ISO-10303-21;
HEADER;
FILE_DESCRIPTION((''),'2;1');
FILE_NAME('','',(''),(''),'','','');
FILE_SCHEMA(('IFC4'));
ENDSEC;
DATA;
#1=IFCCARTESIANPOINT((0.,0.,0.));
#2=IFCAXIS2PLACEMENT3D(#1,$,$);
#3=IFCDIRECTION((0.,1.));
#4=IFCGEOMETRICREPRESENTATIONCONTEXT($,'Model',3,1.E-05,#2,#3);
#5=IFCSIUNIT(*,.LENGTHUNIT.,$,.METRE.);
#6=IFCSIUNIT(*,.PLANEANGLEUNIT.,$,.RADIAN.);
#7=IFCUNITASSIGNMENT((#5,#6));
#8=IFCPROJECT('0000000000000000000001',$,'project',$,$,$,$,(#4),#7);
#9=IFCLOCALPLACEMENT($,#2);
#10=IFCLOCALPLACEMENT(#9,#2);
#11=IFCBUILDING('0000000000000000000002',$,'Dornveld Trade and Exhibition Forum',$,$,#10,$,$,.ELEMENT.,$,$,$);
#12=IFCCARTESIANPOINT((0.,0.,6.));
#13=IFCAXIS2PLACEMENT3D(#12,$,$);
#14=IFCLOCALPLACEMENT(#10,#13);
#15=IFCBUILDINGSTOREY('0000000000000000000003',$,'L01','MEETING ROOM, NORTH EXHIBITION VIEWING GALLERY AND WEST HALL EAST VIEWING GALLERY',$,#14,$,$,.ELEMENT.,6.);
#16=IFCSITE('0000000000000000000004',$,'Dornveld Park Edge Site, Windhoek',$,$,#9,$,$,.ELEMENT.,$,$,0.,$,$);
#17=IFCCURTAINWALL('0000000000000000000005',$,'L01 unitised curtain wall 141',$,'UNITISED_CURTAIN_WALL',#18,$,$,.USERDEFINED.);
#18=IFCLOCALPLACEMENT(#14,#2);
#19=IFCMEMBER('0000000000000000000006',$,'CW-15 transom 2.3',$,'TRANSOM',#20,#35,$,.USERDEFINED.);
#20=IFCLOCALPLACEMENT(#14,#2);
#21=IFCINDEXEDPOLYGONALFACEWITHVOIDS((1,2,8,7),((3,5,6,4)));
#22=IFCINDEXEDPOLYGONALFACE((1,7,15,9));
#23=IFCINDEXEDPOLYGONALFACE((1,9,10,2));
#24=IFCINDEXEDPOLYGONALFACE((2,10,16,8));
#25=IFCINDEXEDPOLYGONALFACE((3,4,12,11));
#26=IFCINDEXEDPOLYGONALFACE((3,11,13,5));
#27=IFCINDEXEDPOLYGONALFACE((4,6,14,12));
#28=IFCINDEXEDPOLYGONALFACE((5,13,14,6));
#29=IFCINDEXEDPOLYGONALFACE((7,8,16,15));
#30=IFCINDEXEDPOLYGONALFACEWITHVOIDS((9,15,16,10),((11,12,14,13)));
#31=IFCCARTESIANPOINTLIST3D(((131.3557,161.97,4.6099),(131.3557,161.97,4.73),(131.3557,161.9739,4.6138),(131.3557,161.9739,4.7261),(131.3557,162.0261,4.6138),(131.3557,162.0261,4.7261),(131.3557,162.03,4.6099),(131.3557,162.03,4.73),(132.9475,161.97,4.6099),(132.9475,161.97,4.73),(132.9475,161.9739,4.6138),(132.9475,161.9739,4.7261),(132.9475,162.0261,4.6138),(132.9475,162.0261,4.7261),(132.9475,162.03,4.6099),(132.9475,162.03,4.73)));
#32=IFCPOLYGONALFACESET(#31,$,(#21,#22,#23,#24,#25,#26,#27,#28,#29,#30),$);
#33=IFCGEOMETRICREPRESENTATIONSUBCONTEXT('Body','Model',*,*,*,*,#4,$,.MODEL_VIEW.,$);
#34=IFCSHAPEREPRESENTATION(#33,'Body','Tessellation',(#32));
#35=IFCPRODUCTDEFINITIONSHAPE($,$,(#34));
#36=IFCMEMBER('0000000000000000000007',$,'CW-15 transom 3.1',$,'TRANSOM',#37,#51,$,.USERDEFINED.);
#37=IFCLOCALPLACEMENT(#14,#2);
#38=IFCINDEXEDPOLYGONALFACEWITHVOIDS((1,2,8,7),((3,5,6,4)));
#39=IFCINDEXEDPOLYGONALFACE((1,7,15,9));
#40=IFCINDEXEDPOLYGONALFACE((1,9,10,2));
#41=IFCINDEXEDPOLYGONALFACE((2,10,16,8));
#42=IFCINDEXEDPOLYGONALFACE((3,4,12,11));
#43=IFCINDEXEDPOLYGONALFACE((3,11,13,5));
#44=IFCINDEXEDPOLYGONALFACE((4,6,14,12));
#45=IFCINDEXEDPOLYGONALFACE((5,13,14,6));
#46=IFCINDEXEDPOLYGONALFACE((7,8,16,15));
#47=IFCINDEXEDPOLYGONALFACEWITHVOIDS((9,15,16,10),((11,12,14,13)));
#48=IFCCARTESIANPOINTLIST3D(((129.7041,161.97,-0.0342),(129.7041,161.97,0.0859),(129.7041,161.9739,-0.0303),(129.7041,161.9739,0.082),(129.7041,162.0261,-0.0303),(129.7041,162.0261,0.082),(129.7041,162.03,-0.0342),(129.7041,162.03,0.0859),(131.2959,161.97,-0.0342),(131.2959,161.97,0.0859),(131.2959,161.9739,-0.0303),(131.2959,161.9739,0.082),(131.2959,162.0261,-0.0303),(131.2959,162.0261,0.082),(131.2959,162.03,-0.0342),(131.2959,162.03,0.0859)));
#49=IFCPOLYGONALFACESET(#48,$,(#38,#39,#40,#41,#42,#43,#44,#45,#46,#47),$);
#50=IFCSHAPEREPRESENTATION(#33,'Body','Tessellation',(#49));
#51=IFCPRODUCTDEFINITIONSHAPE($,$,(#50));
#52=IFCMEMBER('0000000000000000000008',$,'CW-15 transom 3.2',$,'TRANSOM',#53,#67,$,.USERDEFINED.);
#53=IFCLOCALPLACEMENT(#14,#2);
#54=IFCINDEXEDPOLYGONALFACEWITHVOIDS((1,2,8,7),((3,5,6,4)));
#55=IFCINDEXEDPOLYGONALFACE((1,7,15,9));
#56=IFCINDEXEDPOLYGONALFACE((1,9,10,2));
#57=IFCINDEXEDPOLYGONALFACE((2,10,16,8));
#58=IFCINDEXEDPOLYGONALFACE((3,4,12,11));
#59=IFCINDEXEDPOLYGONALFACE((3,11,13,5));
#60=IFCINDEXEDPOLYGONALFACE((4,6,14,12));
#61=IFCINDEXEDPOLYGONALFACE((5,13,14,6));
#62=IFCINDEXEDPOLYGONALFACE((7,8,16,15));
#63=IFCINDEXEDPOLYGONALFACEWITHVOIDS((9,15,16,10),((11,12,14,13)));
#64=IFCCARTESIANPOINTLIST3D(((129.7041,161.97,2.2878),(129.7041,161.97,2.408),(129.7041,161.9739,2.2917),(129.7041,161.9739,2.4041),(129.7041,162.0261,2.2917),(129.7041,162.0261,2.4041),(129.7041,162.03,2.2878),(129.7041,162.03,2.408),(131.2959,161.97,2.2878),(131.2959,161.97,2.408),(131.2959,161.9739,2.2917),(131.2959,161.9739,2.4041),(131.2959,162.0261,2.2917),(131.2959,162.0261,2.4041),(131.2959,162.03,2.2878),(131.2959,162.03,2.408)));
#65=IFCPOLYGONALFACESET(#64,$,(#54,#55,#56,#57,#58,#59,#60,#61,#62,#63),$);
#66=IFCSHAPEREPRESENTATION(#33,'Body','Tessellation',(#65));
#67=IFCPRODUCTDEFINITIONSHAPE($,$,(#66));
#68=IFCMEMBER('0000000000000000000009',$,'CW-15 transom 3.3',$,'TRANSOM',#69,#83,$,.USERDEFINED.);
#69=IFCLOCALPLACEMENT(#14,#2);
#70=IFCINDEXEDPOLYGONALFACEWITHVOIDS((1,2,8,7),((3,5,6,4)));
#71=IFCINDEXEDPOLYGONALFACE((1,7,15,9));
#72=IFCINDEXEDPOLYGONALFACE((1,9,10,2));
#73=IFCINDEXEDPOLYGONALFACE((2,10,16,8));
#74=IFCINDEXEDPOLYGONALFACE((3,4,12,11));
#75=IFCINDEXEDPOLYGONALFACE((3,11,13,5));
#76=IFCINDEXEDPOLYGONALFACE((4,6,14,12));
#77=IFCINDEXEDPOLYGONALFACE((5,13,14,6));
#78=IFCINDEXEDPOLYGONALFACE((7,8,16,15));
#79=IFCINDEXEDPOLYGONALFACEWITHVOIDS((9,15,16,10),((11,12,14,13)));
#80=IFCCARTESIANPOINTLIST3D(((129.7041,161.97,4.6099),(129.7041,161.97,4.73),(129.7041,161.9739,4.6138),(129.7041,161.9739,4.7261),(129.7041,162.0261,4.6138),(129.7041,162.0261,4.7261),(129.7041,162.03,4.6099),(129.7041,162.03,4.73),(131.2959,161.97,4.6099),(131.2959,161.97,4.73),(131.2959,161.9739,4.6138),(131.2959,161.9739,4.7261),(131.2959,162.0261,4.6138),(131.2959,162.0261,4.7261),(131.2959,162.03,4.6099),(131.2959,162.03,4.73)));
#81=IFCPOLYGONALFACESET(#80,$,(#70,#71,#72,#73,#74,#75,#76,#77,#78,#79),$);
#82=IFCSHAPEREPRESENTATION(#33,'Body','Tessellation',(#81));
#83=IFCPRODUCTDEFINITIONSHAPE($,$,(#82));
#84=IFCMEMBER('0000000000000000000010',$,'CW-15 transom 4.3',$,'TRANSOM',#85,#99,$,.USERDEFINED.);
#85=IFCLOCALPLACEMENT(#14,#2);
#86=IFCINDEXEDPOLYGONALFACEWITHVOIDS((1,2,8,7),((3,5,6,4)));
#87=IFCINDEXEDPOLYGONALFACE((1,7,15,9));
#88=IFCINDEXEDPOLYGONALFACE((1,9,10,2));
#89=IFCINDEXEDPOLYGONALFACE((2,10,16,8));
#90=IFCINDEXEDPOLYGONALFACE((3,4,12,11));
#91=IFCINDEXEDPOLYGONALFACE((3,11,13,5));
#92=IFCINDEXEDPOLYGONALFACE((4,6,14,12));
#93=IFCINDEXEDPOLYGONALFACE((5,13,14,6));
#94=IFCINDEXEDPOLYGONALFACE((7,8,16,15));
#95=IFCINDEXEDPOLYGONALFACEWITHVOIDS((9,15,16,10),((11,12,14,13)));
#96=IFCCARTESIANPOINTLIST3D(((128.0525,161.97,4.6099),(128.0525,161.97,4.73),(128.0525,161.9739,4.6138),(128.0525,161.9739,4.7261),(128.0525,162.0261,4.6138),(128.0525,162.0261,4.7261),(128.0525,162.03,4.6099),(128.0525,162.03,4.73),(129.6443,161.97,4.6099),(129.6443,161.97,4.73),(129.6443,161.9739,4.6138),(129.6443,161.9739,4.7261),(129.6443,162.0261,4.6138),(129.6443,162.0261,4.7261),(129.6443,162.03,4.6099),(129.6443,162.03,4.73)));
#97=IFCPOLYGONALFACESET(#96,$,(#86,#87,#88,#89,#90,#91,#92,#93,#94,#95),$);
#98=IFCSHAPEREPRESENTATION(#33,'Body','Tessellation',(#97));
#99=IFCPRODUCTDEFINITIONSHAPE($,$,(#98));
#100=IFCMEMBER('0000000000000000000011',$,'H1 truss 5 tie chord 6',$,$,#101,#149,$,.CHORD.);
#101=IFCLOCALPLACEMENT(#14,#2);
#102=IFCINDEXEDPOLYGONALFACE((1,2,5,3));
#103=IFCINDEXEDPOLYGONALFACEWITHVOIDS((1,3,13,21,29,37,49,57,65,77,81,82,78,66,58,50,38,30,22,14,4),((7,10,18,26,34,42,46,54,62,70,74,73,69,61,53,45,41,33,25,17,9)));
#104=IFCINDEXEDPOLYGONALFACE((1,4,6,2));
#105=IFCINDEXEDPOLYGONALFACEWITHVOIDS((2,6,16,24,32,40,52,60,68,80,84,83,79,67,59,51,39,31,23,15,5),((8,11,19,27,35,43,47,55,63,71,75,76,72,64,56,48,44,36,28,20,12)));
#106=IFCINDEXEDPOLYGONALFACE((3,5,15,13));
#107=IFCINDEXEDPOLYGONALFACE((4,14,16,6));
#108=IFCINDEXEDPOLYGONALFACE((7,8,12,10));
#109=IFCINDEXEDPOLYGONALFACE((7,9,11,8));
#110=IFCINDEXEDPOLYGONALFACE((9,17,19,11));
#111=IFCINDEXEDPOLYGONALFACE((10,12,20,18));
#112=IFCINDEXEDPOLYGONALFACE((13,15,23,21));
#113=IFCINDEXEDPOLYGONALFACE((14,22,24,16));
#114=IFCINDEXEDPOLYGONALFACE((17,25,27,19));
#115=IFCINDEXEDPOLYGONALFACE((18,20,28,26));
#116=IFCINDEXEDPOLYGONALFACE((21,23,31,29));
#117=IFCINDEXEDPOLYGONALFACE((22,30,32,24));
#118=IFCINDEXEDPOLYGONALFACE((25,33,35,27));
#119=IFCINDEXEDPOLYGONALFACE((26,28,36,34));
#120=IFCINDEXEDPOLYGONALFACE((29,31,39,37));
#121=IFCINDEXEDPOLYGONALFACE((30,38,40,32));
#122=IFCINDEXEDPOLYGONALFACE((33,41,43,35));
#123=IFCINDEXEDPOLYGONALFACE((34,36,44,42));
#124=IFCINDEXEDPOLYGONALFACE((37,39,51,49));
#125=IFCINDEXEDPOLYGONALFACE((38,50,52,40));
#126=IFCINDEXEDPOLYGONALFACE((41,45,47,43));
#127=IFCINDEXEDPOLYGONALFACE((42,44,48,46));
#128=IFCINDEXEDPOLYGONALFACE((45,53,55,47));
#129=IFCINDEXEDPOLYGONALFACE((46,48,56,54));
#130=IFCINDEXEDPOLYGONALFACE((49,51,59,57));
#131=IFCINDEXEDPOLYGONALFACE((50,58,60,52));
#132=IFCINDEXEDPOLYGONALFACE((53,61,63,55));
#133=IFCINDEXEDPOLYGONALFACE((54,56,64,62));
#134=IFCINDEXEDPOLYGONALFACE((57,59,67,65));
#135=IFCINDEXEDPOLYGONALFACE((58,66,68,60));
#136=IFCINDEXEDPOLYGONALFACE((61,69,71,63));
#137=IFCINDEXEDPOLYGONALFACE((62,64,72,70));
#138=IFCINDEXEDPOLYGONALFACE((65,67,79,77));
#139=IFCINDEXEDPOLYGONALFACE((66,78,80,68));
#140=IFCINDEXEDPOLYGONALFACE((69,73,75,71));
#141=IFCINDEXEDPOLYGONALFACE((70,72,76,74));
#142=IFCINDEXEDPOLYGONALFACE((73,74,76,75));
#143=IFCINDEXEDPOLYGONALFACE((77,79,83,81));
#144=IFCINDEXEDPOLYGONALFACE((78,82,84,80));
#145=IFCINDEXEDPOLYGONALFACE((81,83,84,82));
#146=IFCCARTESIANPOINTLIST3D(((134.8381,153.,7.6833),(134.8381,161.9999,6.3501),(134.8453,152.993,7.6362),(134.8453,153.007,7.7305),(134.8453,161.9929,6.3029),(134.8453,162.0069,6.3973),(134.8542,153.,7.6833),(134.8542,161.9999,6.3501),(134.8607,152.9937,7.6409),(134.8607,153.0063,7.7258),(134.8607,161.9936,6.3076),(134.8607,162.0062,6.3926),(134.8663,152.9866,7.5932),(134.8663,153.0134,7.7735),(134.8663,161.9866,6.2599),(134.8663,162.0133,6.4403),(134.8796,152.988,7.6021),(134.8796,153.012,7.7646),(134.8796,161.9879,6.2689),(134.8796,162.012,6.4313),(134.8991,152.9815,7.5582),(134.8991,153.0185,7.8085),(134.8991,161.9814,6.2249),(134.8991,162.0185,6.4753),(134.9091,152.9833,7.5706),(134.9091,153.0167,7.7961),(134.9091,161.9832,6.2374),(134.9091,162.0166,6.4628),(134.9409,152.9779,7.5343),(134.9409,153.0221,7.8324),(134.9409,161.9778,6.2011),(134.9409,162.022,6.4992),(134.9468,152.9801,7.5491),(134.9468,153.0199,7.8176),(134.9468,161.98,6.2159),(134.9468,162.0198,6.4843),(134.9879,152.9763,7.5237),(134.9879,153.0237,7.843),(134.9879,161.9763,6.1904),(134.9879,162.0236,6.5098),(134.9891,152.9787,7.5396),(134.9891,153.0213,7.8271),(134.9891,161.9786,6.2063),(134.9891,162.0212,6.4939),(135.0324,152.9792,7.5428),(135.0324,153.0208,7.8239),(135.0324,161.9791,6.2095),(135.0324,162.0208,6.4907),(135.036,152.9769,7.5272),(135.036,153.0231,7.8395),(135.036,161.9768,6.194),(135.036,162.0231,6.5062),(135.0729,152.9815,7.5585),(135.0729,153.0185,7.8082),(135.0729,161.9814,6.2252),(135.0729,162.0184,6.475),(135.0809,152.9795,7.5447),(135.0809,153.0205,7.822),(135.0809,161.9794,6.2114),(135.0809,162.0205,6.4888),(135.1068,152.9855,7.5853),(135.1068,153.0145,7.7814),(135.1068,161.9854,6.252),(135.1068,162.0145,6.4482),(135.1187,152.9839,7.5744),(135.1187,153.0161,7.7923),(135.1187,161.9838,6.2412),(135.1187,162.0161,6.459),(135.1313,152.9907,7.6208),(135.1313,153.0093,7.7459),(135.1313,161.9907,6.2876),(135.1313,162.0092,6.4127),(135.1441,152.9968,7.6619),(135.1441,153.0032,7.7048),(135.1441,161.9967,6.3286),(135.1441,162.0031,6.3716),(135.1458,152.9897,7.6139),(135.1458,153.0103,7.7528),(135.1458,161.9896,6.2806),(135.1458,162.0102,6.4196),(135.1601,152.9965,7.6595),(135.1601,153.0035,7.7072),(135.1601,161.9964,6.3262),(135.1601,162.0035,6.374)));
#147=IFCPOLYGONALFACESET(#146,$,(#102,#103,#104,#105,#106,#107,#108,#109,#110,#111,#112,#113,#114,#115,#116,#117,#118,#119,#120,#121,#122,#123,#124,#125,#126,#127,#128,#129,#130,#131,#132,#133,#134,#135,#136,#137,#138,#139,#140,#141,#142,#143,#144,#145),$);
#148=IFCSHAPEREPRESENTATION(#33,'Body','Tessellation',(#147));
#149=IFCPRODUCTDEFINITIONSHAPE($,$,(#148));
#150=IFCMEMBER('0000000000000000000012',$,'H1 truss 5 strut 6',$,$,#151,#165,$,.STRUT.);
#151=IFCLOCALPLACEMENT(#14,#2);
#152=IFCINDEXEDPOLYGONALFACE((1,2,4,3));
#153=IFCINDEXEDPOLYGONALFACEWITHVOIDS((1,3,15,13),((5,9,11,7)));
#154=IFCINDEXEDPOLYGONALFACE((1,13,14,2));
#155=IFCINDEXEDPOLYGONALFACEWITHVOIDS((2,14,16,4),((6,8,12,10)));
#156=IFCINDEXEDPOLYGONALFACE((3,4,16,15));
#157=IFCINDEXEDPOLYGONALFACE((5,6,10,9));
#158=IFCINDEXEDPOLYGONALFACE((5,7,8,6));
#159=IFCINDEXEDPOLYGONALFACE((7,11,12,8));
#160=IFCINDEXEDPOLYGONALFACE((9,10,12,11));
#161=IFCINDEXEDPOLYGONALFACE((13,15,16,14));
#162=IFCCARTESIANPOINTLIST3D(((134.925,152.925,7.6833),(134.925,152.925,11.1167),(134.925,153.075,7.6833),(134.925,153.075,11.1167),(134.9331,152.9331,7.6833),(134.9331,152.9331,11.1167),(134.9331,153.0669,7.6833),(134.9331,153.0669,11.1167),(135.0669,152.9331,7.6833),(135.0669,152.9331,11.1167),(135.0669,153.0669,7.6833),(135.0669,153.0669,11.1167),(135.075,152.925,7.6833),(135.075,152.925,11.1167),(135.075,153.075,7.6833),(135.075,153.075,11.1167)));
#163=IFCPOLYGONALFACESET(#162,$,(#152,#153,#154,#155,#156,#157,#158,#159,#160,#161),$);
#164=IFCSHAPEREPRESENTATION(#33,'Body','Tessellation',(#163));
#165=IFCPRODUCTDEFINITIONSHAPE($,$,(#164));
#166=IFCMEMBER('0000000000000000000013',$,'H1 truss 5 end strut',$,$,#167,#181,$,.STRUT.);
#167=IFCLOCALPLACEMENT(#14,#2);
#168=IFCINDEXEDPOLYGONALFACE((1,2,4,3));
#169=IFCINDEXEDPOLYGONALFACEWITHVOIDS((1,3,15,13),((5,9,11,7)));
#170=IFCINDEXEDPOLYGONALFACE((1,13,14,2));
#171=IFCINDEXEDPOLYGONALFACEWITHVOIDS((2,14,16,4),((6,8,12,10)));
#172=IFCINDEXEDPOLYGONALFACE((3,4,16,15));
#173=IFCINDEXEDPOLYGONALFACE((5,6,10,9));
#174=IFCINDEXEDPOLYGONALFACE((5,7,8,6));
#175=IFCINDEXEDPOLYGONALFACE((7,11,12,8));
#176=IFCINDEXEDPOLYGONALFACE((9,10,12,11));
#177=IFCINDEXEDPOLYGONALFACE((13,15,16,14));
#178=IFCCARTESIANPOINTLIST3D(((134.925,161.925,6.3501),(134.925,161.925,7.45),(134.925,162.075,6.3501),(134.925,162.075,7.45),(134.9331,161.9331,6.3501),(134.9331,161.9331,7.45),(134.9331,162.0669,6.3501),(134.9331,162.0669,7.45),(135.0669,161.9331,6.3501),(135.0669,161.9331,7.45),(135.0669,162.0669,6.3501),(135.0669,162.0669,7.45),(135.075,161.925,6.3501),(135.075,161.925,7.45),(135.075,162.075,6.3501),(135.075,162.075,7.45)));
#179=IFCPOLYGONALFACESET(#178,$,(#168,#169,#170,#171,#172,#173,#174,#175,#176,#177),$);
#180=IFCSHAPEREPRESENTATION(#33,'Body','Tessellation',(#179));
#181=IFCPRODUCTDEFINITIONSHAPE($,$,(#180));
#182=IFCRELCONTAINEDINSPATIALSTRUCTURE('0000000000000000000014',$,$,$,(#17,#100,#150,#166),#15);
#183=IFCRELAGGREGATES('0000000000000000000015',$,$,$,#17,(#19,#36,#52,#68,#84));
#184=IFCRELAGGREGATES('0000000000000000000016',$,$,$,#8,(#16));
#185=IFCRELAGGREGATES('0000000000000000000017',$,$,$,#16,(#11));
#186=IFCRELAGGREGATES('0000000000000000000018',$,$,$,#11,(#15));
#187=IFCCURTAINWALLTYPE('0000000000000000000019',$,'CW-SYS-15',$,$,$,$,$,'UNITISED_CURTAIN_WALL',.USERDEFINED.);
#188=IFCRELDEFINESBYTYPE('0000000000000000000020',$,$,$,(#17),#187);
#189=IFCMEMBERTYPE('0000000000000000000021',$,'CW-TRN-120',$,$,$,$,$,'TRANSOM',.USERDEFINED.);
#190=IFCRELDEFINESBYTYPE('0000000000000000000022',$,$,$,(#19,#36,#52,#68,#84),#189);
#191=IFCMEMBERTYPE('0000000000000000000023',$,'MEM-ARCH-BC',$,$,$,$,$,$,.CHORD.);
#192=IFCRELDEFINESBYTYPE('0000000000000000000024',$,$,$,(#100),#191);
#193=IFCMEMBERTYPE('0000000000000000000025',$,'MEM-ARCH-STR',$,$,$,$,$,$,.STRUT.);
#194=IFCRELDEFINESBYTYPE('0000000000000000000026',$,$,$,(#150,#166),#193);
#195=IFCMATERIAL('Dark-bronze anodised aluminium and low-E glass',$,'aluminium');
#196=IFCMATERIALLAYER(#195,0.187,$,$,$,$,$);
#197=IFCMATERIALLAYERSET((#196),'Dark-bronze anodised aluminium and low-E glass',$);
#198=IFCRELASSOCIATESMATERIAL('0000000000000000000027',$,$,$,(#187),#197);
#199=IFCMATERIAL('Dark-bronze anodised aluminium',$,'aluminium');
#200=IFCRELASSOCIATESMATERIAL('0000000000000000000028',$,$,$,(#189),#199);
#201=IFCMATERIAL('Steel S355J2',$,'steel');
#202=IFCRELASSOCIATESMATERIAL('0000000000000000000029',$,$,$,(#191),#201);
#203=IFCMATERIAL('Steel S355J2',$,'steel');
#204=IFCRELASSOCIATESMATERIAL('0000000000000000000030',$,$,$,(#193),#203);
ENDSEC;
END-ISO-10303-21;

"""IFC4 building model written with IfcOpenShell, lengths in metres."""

from ifc_helpers import new_model, si_unit, direction, frame, origin, origin_2d, place, context, subcontext, project, spatial, hollow_rectangle, hollow_circle, extrude, material, layer, layer_set, material_profile, profile_set, type_object, element, aggregate, save


model = new_model("IFC4")

# Units and contexts
model_context = context("Model", 3, precision=1e-05, world=origin(), true_north=direction((0.0, 1.0)))
body_context = subcontext(model_context, "Body", "Model", "MODEL_VIEW")
ifc_project = project(units=[si_unit("LENGTHUNIT", "METRE"), si_unit("PLANEANGLEUNIT", "RADIAN")], contexts=[model_context])

# Site, building, storey
site_placement = place(None, origin())
site = spatial("IfcSite", under=ifc_project, at=site_placement, Name="Dornveld Park Edge Site, Windhoek", CompositionType="ELEMENT", RefElevation=0.0)
building_placement = place(site_placement, origin())
building = spatial("IfcBuilding", under=site, at=building_placement, Name="Dornveld Trade and Exhibition Forum", CompositionType="ELEMENT")
storey_placement = place(building_placement, frame((0.0, 0.0, 6.0)))
storey = spatial("IfcBuildingStorey", under=building, at=storey_placement, Name="L01", Description="MEETING ROOM, NORTH EXHIBITION VIEWING GALLERY AND WEST HALL EAST VIEWING GALLERY", CompositionType="ELEMENT", Elevation=6.0)

# Curtain wall
ifc_material_1 = material(Name="Dark-bronze anodised aluminium and low-E glass", Category="aluminium")
ifc_layer_1 = layer(ifc_material_1, 0.187)
ifc_layer_set_1 = layer_set([ifc_layer_1], Name="Dark-bronze anodised aluminium and low-E glass")
curtain_wall_type_1 = type_object("IfcCurtainWallType", Name="CW-SYS-15", ElementType="UNITISED_CURTAIN_WALL", PredefinedType="USERDEFINED", material=ifc_layer_set_1)
curtain_wall_1_placement = place(storey_placement, origin())
curtain_wall_1 = element("IfcCurtainWall", 1, at=curtain_wall_1_placement, inside=storey, type_object=curtain_wall_type_1, Name="L01 unitised curtain wall 141", ObjectType="UNITISED_CURTAIN_WALL", PredefinedType="USERDEFINED")

# Members
ifc_material_2 = material(Name="Dark-bronze anodised aluminium", Category="aluminium")
ifc_material_profile_1 = material_profile(ifc_material_2, hollow_rectangle(XDim=0.0601, YDim=0.1201, WallThickness=0.0039, at=origin_2d()), Name="RHS 120x60x4")
ifc_profile_set_1 = profile_set([ifc_material_profile_1], Name="Dark-bronze anodised aluminium")
member_type_1 = type_object("IfcMemberType", Name="CW-TRN-120", ElementType="TRANSOM", PredefinedType="USERDEFINED", material=ifc_profile_set_1)
member_1_placement = place(storey_placement, frame((132.9475, 162.0, 4.6699), z_axis=(-1.0, 0.0, 0.0), x_axis=(0.0, -1.0, 0.0)))
member_1 = element("IfcMember", 2, at=member_1_placement, type_object=member_type_1, Name="CW-15 transom 2.3", ObjectType="TRANSOM", PredefinedType="USERDEFINED", context=body_context, shape_type="SweptSolid", body=[
    extrude(hollow_rectangle(XDim=0.0601, YDim=0.1201, WallThickness=0.0039, at=origin_2d()), origin(), (0.0, 0.0, 1.0), 1.5918),
])
member_2_placement = place(storey_placement, frame((131.2959, 162.0, 0.0259), z_axis=(-1.0, 0.0, 0.0), x_axis=(0.0, -1.0, 0.0)))
member_2 = element("IfcMember", 3, at=member_2_placement, type_object=member_type_1, Name="CW-15 transom 3.1", ObjectType="TRANSOM", PredefinedType="USERDEFINED", context=body_context, shape_type="SweptSolid", body=[
    extrude(hollow_rectangle(XDim=0.0601, YDim=0.1201, WallThickness=0.0039, at=origin_2d()), origin(), (0.0, 0.0, 1.0), 1.5918),
])
member_3_placement = place(storey_placement, frame((131.2959, 162.0, 2.3479), z_axis=(-1.0, 0.0, 0.0), x_axis=(0.0, -1.0, 0.0)))
member_3 = element("IfcMember", 4, at=member_3_placement, type_object=member_type_1, Name="CW-15 transom 3.2", ObjectType="TRANSOM", PredefinedType="USERDEFINED", context=body_context, shape_type="SweptSolid", body=[
    extrude(hollow_rectangle(XDim=0.0601, YDim=0.1201, WallThickness=0.0039, at=origin_2d()), origin(), (0.0, 0.0, 1.0), 1.5918),
])
member_4_placement = place(storey_placement, frame((131.2959, 162.0, 4.6699), z_axis=(-1.0, 0.0, 0.0), x_axis=(0.0, -1.0, 0.0)))
member_4 = element("IfcMember", 5, at=member_4_placement, type_object=member_type_1, Name="CW-15 transom 3.3", ObjectType="TRANSOM", PredefinedType="USERDEFINED", context=body_context, shape_type="SweptSolid", body=[
    extrude(hollow_rectangle(XDim=0.0601, YDim=0.1201, WallThickness=0.0039, at=origin_2d()), origin(), (0.0, 0.0, 1.0), 1.5918),
])
member_5_placement = place(storey_placement, frame((129.6443, 162.0, 4.6699), z_axis=(-1.0, 0.0, 0.0), x_axis=(0.0, -1.0, 0.0)))
member_5 = element("IfcMember", 6, at=member_5_placement, type_object=member_type_1, Name="CW-15 transom 4.3", ObjectType="TRANSOM", PredefinedType="USERDEFINED", context=body_context, shape_type="SweptSolid", body=[
    extrude(hollow_rectangle(XDim=0.0601, YDim=0.1201, WallThickness=0.0039, at=origin_2d()), origin(), (0.0, 0.0, 1.0), 1.5918),
])

# Members
ifc_material_3 = material(Name="Steel S355J2", Category="steel")
ifc_material_profile_2 = material_profile(ifc_material_3, hollow_circle(Radius=0.1619, WallThickness=0.0161, at=origin_2d()), Name="CHS 323.9x16")
ifc_profile_set_2 = profile_set([ifc_material_profile_2], Name="Steel S355J2")
member_type_2 = type_object("IfcMemberType", Name="MEM-ARCH-BC", PredefinedType="CHORD", material=ifc_profile_set_2)
member_6_placement = place(storey_placement, frame((135.0, 153.0, 7.6833), z_axis=(0.0, 0.989205, -0.14654), x_axis=(-1.0, 0.0, 0.0)))
element("IfcMember", 7, at=member_6_placement, inside=storey, type_object=member_type_2, Name="H1 truss 5 tie chord 6", PredefinedType="CHORD", context=body_context, shape_type="SweptSolid", body=[
    extrude(hollow_circle(Radius=0.1619, WallThickness=0.0161, at=origin_2d()), origin(), (0.0, 0.0, 1.0), 9.0981),
])
ifc_material_4 = material(Name="Steel S355J2", Category="steel")
ifc_material_profile_3 = material_profile(ifc_material_4, hollow_rectangle(XDim=0.1499, YDim=0.1499, WallThickness=0.0081, at=origin_2d()), Name="SHS 150x150x8")
ifc_profile_set_3 = profile_set([ifc_material_profile_3], Name="Steel S355J2")
member_type_3 = type_object("IfcMemberType", Name="MEM-ARCH-STR", PredefinedType="STRUT", material=ifc_profile_set_3)
member_7_placement = place(storey_placement, frame((135.0, 153.0, 7.6833), z_axis=(0.0, 0.0, 1.0), x_axis=(1.0, 0.0, 0.0)))
element("IfcMember", 8, at=member_7_placement, inside=storey, type_object=member_type_3, Name="H1 truss 5 strut 6", PredefinedType="STRUT", context=body_context, shape_type="SweptSolid", body=[
    extrude(hollow_rectangle(XDim=0.1499, YDim=0.1499, WallThickness=0.0081, at=origin_2d()), origin(), (0.0, 0.0, 1.0), 3.4333),
])
member_8_placement = place(storey_placement, frame((135.0, 162.0, 6.3501), z_axis=(0.0, 0.0, 1.0), x_axis=(1.0, 0.0, 0.0)))
element("IfcMember", 9, at=member_8_placement, inside=storey, type_object=member_type_3, Name="H1 truss 5 end strut", PredefinedType="STRUT", context=body_context, shape_type="SweptSolid", body=[
    extrude(hollow_rectangle(XDim=0.1499, YDim=0.1499, WallThickness=0.0081, at=origin_2d()), origin(), (0.0, 0.0, 1.0), 1.0999),
])

aggregate(curtain_wall_1, [member_1, member_2, member_3, member_4, member_5])

save(model, "model.ifc")
